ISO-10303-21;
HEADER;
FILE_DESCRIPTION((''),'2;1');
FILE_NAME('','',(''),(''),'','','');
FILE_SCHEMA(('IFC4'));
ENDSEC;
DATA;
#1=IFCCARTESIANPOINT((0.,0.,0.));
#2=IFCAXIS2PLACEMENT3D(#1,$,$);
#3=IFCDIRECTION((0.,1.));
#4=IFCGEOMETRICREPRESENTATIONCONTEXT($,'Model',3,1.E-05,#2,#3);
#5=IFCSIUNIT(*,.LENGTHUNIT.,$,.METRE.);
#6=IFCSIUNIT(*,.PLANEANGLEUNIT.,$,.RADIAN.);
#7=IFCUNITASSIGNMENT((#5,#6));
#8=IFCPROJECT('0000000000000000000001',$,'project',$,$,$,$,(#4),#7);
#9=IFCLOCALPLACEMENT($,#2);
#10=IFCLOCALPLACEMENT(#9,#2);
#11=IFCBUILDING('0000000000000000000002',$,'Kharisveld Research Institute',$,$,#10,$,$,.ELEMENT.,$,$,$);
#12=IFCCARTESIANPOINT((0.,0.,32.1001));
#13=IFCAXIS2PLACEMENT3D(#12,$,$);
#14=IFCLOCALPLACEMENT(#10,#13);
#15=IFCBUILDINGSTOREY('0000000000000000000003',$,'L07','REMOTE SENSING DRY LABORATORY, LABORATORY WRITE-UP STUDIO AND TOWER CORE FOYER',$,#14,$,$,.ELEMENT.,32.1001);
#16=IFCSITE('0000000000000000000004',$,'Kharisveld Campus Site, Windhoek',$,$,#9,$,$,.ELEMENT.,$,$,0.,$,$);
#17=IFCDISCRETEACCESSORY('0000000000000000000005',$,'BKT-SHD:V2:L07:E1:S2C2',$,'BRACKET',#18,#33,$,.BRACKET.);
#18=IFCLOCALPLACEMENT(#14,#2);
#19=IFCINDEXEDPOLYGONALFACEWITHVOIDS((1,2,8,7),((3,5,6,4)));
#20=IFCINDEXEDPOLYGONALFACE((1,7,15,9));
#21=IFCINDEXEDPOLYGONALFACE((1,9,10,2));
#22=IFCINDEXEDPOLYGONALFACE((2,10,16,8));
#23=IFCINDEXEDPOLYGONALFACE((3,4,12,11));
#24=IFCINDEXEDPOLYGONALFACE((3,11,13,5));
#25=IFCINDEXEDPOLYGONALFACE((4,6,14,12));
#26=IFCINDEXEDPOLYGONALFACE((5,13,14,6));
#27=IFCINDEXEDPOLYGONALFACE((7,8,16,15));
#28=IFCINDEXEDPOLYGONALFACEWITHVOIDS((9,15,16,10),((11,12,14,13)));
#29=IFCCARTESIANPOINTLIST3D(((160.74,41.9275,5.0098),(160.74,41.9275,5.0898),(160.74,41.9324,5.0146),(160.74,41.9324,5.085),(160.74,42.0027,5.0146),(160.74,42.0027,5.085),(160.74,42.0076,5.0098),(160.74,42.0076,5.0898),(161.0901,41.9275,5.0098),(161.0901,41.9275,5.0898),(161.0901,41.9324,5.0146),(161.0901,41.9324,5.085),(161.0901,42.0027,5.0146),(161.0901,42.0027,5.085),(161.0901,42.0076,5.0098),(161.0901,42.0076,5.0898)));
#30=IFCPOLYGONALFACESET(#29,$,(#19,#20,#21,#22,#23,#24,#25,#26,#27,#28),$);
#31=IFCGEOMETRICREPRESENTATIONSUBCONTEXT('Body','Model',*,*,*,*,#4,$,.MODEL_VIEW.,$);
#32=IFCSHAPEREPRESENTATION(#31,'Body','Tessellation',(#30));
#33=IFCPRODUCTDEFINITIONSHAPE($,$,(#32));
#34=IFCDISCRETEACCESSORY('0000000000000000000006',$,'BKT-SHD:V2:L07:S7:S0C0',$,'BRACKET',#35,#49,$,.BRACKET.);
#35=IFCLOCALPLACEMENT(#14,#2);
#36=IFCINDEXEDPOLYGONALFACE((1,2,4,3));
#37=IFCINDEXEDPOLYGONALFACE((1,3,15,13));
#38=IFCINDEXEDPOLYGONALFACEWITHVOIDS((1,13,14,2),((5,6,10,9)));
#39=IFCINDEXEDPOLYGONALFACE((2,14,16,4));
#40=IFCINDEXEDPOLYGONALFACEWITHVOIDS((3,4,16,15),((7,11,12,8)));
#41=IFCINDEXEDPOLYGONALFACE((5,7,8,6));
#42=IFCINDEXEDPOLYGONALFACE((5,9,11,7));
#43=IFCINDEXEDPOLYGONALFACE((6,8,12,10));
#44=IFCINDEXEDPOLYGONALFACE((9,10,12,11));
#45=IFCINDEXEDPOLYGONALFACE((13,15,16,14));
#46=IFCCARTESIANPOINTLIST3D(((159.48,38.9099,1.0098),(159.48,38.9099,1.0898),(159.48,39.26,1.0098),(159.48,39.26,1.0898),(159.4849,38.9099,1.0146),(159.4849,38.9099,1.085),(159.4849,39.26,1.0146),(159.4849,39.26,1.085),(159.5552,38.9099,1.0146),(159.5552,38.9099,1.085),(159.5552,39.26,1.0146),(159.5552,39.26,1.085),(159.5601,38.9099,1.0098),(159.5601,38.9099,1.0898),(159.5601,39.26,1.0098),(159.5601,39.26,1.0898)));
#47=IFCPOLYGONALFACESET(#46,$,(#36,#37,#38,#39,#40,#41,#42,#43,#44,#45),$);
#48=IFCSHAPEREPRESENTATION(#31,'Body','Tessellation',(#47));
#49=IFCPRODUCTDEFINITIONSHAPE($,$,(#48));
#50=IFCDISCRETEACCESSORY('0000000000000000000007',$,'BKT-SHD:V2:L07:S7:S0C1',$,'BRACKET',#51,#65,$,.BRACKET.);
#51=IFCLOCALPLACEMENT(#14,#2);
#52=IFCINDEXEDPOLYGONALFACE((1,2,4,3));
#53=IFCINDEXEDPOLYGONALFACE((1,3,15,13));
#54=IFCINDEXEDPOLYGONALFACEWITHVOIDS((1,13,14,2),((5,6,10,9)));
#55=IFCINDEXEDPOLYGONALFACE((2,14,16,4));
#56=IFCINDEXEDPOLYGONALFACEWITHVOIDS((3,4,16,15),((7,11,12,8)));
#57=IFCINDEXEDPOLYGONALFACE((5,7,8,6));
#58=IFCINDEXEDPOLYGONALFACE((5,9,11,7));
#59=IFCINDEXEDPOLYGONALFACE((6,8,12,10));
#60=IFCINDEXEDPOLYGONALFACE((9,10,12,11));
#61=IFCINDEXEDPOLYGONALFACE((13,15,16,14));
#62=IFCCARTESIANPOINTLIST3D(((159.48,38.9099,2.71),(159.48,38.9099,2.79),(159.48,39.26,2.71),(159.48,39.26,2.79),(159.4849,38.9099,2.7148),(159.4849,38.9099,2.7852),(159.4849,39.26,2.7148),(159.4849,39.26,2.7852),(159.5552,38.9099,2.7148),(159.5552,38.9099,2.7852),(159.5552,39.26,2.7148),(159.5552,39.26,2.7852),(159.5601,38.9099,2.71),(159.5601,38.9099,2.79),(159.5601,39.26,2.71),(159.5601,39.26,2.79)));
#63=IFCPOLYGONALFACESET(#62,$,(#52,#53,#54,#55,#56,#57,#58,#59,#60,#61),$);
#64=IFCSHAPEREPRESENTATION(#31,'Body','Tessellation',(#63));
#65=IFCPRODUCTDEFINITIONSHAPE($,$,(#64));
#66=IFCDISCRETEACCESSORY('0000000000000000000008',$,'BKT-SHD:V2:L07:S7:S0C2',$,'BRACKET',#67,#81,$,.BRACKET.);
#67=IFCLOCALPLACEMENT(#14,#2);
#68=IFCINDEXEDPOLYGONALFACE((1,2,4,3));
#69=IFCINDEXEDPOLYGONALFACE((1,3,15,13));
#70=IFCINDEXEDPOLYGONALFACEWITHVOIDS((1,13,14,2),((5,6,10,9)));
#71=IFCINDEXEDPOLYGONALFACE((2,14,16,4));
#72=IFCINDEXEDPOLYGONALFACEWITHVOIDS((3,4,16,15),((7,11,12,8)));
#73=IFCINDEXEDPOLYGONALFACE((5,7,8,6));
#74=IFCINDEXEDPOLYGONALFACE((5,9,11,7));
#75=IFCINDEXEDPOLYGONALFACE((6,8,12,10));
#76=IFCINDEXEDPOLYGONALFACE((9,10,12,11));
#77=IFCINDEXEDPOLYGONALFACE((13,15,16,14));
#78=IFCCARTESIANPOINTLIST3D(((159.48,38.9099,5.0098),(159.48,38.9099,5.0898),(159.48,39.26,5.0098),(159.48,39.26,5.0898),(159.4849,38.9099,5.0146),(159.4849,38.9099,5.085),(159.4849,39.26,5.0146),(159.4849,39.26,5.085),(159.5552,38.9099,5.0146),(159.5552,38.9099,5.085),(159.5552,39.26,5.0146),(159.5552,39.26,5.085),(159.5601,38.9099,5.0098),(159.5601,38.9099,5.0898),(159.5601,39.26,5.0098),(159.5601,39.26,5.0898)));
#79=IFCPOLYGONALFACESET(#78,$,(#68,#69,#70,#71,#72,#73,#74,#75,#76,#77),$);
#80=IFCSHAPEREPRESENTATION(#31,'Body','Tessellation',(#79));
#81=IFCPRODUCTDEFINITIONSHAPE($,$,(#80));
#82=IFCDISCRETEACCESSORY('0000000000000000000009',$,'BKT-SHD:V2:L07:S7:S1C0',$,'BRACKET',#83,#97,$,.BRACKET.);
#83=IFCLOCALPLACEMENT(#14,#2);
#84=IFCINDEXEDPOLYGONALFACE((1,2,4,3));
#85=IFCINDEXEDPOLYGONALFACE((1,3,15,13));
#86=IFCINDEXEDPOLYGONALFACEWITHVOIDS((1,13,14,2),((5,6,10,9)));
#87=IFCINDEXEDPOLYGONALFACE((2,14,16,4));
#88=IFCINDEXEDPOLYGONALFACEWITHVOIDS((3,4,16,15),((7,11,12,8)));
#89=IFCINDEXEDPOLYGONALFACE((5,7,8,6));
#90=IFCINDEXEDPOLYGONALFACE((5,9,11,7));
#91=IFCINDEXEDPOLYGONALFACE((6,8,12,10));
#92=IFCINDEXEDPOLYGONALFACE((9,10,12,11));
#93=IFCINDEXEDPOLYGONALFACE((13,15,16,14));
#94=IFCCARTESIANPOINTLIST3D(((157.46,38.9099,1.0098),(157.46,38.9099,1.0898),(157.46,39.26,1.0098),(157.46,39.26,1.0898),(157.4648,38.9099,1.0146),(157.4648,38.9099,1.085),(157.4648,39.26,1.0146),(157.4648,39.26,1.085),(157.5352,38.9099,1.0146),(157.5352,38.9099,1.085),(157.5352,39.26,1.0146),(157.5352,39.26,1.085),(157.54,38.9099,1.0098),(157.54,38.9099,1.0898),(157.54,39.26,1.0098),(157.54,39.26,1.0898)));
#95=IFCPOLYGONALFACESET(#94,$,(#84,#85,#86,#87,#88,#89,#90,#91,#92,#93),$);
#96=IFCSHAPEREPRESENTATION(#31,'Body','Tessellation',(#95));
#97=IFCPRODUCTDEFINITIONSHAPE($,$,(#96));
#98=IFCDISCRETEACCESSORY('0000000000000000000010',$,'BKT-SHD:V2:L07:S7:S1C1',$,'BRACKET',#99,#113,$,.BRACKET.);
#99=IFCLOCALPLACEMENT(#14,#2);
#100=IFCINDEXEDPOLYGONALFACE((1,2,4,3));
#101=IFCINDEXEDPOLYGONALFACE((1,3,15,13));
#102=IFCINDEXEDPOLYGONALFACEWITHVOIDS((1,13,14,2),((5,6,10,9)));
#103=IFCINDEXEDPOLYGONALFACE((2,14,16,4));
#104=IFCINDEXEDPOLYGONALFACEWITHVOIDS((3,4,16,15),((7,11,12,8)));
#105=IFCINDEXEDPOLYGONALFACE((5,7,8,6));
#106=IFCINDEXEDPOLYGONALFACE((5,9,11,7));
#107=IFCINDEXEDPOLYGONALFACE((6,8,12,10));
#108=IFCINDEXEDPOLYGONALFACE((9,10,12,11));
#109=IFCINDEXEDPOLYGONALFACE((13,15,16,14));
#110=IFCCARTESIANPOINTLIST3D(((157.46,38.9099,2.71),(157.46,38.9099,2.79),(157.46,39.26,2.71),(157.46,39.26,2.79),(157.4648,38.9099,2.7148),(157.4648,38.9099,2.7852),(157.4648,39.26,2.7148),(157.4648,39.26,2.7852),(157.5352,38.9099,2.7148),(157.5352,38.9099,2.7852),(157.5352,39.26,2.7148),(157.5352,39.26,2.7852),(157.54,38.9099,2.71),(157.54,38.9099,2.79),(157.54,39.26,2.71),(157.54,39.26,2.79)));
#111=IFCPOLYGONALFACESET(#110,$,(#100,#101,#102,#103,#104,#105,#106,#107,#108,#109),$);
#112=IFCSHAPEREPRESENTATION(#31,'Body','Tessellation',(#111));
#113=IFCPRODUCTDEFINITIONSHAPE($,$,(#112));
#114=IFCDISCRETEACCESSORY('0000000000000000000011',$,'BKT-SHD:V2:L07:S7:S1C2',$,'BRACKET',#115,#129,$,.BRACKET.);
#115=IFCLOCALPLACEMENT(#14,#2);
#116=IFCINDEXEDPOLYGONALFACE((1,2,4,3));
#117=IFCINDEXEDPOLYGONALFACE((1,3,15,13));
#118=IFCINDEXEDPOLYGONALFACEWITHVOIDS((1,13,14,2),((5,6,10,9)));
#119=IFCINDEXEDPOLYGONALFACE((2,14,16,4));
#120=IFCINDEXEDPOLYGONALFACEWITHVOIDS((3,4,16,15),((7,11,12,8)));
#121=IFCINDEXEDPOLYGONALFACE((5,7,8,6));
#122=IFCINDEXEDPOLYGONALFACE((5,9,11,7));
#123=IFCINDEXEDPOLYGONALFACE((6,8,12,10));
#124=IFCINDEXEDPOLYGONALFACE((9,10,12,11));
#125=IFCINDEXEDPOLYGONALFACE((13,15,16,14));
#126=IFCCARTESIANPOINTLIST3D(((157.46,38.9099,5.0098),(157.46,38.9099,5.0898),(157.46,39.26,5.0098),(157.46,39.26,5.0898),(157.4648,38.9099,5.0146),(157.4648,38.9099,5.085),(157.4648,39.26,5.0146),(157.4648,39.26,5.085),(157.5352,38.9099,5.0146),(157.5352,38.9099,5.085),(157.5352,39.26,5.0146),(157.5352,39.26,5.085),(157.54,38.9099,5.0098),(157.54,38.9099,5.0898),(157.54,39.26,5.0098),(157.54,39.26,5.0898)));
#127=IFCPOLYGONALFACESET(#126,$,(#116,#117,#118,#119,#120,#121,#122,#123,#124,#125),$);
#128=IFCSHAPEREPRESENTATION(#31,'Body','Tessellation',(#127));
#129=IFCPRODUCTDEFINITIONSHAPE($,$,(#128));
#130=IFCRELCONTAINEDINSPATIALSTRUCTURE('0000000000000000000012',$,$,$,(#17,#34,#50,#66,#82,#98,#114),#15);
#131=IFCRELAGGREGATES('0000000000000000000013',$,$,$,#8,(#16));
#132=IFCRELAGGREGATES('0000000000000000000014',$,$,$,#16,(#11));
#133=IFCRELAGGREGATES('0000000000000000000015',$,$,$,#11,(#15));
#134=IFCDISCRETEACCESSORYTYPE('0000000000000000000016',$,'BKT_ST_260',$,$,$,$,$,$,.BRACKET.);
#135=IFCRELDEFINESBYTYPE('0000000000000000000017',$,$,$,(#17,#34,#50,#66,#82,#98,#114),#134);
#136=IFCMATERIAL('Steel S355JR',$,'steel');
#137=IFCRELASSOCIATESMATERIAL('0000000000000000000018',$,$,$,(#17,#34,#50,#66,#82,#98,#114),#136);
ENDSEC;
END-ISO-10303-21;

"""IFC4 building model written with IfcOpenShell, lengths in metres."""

from ifc_helpers import new_model, si_unit, direction, frame, origin, origin_2d, place, context, subcontext, project, spatial, hollow_rectangle, extrude, material, type_object, element, save


model = new_model("IFC4")

# Units and contexts
model_context = context("Model", 3, precision=1e-05, world=origin(), true_north=direction((0.0, 1.0)))
body_context = subcontext(model_context, "Body", "Model", "MODEL_VIEW")
ifc_project = project(units=[si_unit("LENGTHUNIT", "METRE"), si_unit("PLANEANGLEUNIT", "RADIAN")], contexts=[model_context])

# Site, building, storey
site_placement = place(None, origin())
site = spatial("IfcSite", under=ifc_project, at=site_placement, Name="Kharisveld Campus Site, Windhoek", CompositionType="ELEMENT", RefElevation=0.0)
building_placement = place(site_placement, origin())
building = spatial("IfcBuilding", under=site, at=building_placement, Name="Kharisveld Research Institute", CompositionType="ELEMENT")
storey_placement = place(building_placement, frame((0.0, 0.0, 32.1001)))
storey = spatial("IfcBuildingStorey", under=building, at=storey_placement, Name="L07", Description="REMOTE SENSING DRY LABORATORY, LABORATORY WRITE-UP STUDIO AND TOWER CORE FOYER", CompositionType="ELEMENT", Elevation=32.1001)

# Discrete accessories
ifc_material_1 = material(Name="Steel S355JR", Category="steel")
discrete_accessory_type = type_object("IfcDiscreteAccessoryType", Name="BKT_ST_260", PredefinedType="BRACKET")
for number, where, z_axis, x_axis, name in (
    (1, (160.74, 41.9675, 5.0498), (1.0, 0.0, 0.0), (0.0, 1.0, 0.0), "BKT-SHD:V2:L07:E1:S2C2"),
    (2, (159.52, 39.26, 1.0498), (0.0, -1.0, 0.0), (1.0, 0.0, 0.0), "BKT-SHD:V2:L07:S7:S0C0"),
    (3, (159.52, 39.26, 2.75), (0.0, -1.0, 0.0), (1.0, 0.0, 0.0), "BKT-SHD:V2:L07:S7:S0C1"),
    (4, (159.52, 39.26, 5.0498), (0.0, -1.0, 0.0), (1.0, 0.0, 0.0), "BKT-SHD:V2:L07:S7:S0C2"),
    (5, (157.5, 39.26, 1.0498), (0.0, -1.0, 0.0), (1.0, 0.0, 0.0), "BKT-SHD:V2:L07:S7:S1C0"),
    (6, (157.5, 39.26, 2.75), (0.0, -1.0, 0.0), (1.0, 0.0, 0.0), "BKT-SHD:V2:L07:S7:S1C1"),
    (7, (157.5, 39.26, 5.0498), (0.0, -1.0, 0.0), (1.0, 0.0, 0.0), "BKT-SHD:V2:L07:S7:S1C2"),
):
    element("IfcDiscreteAccessory", number, at=place(storey_placement, frame(where, z_axis=z_axis, x_axis=x_axis)), inside=storey, type_object=discrete_accessory_type, material=ifc_material_1, Name=name, ObjectType="BRACKET", PredefinedType="BRACKET", context=body_context, shape_type="SweptSolid", body=[
        extrude(hollow_rectangle(XDim=0.0801, YDim=0.0801, WallThickness=0.0049, at=origin_2d()), origin(), (0.0, 0.0, 1.0), 0.3501),
    ])

save(model, "model.ifc")
